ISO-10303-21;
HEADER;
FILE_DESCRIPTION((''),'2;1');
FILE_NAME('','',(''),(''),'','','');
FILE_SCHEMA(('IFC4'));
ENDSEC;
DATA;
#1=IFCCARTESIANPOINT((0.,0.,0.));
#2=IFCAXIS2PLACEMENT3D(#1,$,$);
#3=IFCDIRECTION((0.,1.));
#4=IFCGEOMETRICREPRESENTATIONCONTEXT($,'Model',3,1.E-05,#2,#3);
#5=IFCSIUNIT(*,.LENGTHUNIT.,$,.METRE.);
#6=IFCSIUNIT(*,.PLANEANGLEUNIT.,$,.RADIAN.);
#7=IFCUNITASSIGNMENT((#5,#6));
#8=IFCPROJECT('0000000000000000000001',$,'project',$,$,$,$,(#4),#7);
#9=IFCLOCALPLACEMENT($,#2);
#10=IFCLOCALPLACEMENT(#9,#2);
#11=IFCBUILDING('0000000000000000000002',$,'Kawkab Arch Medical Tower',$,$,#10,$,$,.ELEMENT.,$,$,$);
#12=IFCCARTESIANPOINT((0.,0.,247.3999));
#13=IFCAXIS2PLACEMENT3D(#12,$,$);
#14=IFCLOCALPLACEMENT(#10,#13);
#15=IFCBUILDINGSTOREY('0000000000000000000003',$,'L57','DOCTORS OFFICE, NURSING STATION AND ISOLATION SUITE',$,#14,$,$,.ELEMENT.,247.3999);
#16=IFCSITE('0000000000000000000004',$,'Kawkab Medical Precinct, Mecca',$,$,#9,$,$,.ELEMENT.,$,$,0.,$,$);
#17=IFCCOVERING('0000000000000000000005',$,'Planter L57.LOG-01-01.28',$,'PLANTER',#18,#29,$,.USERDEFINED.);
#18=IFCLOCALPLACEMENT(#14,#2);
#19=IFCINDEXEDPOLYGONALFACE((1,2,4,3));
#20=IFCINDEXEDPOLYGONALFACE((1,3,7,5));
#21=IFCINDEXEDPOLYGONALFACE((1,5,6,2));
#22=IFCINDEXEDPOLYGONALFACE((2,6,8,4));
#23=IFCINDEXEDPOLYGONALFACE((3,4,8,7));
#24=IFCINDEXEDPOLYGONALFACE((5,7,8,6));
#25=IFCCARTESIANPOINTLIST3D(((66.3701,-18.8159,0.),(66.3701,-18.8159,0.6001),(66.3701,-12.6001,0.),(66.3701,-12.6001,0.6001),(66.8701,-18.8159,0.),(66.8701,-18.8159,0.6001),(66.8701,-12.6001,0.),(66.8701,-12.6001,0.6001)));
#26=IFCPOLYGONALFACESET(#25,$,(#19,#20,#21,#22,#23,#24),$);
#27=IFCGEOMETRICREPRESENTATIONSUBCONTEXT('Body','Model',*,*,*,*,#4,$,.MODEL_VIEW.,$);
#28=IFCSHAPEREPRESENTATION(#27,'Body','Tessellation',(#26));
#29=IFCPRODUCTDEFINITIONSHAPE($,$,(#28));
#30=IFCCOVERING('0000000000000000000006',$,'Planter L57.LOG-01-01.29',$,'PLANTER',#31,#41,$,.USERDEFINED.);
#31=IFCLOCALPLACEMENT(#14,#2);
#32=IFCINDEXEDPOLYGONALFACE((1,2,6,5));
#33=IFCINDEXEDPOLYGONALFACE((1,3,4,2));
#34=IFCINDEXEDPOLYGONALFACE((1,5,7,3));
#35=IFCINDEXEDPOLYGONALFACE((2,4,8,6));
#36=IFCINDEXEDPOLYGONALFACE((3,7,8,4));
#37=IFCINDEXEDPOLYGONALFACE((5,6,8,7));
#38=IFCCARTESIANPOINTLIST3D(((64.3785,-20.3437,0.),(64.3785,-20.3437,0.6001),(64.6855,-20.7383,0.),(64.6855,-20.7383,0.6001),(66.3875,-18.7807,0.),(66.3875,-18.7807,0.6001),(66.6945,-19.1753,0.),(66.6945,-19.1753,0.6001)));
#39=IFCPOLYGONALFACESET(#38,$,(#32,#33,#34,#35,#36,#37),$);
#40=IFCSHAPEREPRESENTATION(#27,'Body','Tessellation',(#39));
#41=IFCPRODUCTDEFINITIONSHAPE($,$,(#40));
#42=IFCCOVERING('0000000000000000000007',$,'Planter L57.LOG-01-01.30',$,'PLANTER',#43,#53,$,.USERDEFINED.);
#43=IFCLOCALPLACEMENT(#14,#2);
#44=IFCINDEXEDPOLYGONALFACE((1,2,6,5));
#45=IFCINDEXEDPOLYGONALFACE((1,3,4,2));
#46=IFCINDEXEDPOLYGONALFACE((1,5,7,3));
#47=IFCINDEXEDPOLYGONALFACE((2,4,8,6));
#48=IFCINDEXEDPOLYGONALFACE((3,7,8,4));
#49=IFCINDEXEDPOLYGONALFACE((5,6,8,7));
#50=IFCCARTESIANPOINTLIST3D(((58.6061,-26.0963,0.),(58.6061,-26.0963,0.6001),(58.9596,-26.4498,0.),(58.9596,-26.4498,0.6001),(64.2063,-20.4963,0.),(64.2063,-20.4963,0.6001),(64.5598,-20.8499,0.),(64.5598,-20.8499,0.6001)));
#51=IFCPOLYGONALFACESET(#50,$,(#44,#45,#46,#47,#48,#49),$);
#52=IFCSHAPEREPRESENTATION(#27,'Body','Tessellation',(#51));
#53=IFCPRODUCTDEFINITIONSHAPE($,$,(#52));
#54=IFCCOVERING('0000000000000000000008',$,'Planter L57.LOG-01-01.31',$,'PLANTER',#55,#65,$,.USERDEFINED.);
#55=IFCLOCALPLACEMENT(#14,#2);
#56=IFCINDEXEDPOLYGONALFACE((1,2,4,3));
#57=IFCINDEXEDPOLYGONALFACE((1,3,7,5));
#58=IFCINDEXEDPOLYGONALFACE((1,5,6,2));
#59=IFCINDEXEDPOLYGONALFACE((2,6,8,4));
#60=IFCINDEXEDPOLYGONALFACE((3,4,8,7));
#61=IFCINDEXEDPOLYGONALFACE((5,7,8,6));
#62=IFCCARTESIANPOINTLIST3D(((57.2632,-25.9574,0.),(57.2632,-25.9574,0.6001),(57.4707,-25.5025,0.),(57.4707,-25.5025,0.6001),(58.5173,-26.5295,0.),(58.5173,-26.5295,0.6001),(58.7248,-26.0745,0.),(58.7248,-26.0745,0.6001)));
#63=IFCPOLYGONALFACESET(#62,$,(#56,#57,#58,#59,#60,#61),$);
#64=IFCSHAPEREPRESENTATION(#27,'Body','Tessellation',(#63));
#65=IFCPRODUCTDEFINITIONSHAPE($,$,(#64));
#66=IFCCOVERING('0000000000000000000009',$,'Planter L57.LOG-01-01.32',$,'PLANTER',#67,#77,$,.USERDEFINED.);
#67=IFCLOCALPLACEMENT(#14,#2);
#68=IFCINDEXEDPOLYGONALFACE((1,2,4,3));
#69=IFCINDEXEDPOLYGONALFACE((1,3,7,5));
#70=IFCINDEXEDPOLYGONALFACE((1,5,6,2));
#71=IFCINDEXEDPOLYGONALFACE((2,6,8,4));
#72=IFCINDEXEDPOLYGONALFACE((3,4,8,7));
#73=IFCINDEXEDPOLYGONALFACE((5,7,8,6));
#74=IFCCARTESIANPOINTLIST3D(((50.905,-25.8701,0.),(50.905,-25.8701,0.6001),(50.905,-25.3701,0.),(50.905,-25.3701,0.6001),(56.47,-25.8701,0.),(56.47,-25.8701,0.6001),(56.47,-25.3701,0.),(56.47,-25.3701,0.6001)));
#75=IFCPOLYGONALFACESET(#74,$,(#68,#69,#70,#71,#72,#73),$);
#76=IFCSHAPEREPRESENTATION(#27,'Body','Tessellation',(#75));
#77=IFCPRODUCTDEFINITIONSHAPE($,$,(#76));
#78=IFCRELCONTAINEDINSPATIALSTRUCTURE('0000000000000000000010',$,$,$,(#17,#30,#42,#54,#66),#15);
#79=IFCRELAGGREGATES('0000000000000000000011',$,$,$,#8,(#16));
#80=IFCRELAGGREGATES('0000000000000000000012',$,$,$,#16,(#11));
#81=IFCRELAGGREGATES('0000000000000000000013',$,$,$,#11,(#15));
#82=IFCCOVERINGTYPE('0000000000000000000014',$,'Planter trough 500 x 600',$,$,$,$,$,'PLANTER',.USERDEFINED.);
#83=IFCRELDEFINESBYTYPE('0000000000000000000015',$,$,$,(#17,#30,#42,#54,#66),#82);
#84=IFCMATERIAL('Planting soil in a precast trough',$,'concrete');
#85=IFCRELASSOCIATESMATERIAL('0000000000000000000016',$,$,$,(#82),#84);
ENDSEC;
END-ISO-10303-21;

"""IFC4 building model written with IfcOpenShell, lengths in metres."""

from ifc_helpers import new_model, si_unit, direction, frame, origin, origin_2d, place, context, subcontext, project, spatial, rectangle, extrude, material, material_profile, profile_set, type_object, element, save


model = new_model("IFC4")

# Units and contexts
model_context = context("Model", 3, precision=1e-05, world=origin(), true_north=direction((0.0, 1.0)))
body_context = subcontext(model_context, "Body", "Model", "MODEL_VIEW")
ifc_project = project(units=[si_unit("LENGTHUNIT", "METRE"), si_unit("PLANEANGLEUNIT", "RADIAN")], contexts=[model_context])

# Site, building, storey
site_placement = place(None, origin())
site = spatial("IfcSite", under=ifc_project, at=site_placement, Name="Kawkab Medical Precinct, Mecca", CompositionType="ELEMENT", RefElevation=0.0)
building_placement = place(site_placement, origin())
building = spatial("IfcBuilding", under=site, at=building_placement, Name="Kawkab Arch Medical Tower", CompositionType="ELEMENT")
storey_placement = place(building_placement, frame((0.0, 0.0, 247.3999)))
storey = spatial("IfcBuildingStorey", under=building, at=storey_placement, Name="L57", Description="DOCTORS OFFICE, NURSING STATION AND ISOLATION SUITE", CompositionType="ELEMENT", Elevation=247.3999)

# Coverings
ifc_material_1 = material(Name="Planting soil in a precast trough", Category="concrete")
ifc_material_profile_1 = material_profile(ifc_material_1, rectangle(XDim=0.5, YDim=0.6001, at=origin_2d()), Name="Trough 500x600")
ifc_profile_set_1 = profile_set([ifc_material_profile_1], Name="Planting soil in a precast trough")
covering_type_1 = type_object("IfcCoveringType", Name="Planter trough 500 x 600", ElementType="PLANTER", PredefinedType="USERDEFINED", material=ifc_profile_set_1)
covering_1_placement = place(storey_placement, frame((66.6201, -12.6001, 0.3), z_axis=(0.0, -1.0, 0.0), x_axis=(1.0, 0.0, 0.0)))
element("IfcCovering", 1, at=covering_1_placement, inside=storey, type_object=covering_type_1, Name="Planter L57.LOG-01-01.28", ObjectType="PLANTER", PredefinedType="USERDEFINED", context=body_context, shape_type="SweptSolid", body=[
    extrude(rectangle(XDim=0.5, YDim=0.6001, at=origin_2d()), origin(), (0.0, 0.0, 1.0), 6.2158),
])
covering_2_placement = place(storey_placement, frame((66.541, -18.978, 0.3), z_axis=(-0.789275, -0.61404, 0.0), x_axis=(0.61404, -0.789275, 0.0)))
element("IfcCovering", 2, at=covering_2_placement, inside=storey, type_object=covering_type_1, Name="Planter L57.LOG-01-01.29", ObjectType="PLANTER", PredefinedType="USERDEFINED", context=body_context, shape_type="SweptSolid", body=[
    extrude(rectangle(XDim=0.5, YDim=0.6001, at=origin_2d()), origin(), (0.0, 0.0, 1.0), 2.5454),
])
covering_3_placement = place(storey_placement, frame((64.3831, -20.6731, 0.3), z_axis=(-0.707122, -0.707091, 0.0), x_axis=(0.707091, -0.707122, 0.0)))
element("IfcCovering", 3, at=covering_3_placement, inside=storey, type_object=covering_type_1, Name="Planter L57.LOG-01-01.30", ObjectType="PLANTER", PredefinedType="USERDEFINED", context=body_context, shape_type="SweptSolid", body=[
    extrude(rectangle(XDim=0.5, YDim=0.6001, at=origin_2d()), origin(), (0.0, 0.0, 1.0), 7.9197),
])
covering_4_placement = place(storey_placement, frame((58.6211, -26.302, 0.3), z_axis=(-0.909832, 0.414977, 0.0), x_axis=(-0.414977, -0.909832, 0.0)))
element("IfcCovering", 4, at=covering_4_placement, inside=storey, type_object=covering_type_1, Name="Planter L57.LOG-01-01.31", ObjectType="PLANTER", PredefinedType="USERDEFINED", context=body_context, shape_type="SweptSolid", body=[
    extrude(rectangle(XDim=0.5, YDim=0.6001, at=origin_2d()), origin(), (0.0, 0.0, 1.0), 1.3784),
])
covering_5_placement = place(storey_placement, frame((56.47, -25.6201, 0.3), z_axis=(-1.0, 0.0, 0.0), x_axis=(0.0, -1.0, 0.0)))
element("IfcCovering", 5, at=covering_5_placement, inside=storey, type_object=covering_type_1, Name="Planter L57.LOG-01-01.32", ObjectType="PLANTER", PredefinedType="USERDEFINED", context=body_context, shape_type="SweptSolid", body=[
    extrude(rectangle(XDim=0.5, YDim=0.6001, at=origin_2d()), origin(), (0.0, 0.0, 1.0), 5.5649),
])

save(model, "model.ifc")
